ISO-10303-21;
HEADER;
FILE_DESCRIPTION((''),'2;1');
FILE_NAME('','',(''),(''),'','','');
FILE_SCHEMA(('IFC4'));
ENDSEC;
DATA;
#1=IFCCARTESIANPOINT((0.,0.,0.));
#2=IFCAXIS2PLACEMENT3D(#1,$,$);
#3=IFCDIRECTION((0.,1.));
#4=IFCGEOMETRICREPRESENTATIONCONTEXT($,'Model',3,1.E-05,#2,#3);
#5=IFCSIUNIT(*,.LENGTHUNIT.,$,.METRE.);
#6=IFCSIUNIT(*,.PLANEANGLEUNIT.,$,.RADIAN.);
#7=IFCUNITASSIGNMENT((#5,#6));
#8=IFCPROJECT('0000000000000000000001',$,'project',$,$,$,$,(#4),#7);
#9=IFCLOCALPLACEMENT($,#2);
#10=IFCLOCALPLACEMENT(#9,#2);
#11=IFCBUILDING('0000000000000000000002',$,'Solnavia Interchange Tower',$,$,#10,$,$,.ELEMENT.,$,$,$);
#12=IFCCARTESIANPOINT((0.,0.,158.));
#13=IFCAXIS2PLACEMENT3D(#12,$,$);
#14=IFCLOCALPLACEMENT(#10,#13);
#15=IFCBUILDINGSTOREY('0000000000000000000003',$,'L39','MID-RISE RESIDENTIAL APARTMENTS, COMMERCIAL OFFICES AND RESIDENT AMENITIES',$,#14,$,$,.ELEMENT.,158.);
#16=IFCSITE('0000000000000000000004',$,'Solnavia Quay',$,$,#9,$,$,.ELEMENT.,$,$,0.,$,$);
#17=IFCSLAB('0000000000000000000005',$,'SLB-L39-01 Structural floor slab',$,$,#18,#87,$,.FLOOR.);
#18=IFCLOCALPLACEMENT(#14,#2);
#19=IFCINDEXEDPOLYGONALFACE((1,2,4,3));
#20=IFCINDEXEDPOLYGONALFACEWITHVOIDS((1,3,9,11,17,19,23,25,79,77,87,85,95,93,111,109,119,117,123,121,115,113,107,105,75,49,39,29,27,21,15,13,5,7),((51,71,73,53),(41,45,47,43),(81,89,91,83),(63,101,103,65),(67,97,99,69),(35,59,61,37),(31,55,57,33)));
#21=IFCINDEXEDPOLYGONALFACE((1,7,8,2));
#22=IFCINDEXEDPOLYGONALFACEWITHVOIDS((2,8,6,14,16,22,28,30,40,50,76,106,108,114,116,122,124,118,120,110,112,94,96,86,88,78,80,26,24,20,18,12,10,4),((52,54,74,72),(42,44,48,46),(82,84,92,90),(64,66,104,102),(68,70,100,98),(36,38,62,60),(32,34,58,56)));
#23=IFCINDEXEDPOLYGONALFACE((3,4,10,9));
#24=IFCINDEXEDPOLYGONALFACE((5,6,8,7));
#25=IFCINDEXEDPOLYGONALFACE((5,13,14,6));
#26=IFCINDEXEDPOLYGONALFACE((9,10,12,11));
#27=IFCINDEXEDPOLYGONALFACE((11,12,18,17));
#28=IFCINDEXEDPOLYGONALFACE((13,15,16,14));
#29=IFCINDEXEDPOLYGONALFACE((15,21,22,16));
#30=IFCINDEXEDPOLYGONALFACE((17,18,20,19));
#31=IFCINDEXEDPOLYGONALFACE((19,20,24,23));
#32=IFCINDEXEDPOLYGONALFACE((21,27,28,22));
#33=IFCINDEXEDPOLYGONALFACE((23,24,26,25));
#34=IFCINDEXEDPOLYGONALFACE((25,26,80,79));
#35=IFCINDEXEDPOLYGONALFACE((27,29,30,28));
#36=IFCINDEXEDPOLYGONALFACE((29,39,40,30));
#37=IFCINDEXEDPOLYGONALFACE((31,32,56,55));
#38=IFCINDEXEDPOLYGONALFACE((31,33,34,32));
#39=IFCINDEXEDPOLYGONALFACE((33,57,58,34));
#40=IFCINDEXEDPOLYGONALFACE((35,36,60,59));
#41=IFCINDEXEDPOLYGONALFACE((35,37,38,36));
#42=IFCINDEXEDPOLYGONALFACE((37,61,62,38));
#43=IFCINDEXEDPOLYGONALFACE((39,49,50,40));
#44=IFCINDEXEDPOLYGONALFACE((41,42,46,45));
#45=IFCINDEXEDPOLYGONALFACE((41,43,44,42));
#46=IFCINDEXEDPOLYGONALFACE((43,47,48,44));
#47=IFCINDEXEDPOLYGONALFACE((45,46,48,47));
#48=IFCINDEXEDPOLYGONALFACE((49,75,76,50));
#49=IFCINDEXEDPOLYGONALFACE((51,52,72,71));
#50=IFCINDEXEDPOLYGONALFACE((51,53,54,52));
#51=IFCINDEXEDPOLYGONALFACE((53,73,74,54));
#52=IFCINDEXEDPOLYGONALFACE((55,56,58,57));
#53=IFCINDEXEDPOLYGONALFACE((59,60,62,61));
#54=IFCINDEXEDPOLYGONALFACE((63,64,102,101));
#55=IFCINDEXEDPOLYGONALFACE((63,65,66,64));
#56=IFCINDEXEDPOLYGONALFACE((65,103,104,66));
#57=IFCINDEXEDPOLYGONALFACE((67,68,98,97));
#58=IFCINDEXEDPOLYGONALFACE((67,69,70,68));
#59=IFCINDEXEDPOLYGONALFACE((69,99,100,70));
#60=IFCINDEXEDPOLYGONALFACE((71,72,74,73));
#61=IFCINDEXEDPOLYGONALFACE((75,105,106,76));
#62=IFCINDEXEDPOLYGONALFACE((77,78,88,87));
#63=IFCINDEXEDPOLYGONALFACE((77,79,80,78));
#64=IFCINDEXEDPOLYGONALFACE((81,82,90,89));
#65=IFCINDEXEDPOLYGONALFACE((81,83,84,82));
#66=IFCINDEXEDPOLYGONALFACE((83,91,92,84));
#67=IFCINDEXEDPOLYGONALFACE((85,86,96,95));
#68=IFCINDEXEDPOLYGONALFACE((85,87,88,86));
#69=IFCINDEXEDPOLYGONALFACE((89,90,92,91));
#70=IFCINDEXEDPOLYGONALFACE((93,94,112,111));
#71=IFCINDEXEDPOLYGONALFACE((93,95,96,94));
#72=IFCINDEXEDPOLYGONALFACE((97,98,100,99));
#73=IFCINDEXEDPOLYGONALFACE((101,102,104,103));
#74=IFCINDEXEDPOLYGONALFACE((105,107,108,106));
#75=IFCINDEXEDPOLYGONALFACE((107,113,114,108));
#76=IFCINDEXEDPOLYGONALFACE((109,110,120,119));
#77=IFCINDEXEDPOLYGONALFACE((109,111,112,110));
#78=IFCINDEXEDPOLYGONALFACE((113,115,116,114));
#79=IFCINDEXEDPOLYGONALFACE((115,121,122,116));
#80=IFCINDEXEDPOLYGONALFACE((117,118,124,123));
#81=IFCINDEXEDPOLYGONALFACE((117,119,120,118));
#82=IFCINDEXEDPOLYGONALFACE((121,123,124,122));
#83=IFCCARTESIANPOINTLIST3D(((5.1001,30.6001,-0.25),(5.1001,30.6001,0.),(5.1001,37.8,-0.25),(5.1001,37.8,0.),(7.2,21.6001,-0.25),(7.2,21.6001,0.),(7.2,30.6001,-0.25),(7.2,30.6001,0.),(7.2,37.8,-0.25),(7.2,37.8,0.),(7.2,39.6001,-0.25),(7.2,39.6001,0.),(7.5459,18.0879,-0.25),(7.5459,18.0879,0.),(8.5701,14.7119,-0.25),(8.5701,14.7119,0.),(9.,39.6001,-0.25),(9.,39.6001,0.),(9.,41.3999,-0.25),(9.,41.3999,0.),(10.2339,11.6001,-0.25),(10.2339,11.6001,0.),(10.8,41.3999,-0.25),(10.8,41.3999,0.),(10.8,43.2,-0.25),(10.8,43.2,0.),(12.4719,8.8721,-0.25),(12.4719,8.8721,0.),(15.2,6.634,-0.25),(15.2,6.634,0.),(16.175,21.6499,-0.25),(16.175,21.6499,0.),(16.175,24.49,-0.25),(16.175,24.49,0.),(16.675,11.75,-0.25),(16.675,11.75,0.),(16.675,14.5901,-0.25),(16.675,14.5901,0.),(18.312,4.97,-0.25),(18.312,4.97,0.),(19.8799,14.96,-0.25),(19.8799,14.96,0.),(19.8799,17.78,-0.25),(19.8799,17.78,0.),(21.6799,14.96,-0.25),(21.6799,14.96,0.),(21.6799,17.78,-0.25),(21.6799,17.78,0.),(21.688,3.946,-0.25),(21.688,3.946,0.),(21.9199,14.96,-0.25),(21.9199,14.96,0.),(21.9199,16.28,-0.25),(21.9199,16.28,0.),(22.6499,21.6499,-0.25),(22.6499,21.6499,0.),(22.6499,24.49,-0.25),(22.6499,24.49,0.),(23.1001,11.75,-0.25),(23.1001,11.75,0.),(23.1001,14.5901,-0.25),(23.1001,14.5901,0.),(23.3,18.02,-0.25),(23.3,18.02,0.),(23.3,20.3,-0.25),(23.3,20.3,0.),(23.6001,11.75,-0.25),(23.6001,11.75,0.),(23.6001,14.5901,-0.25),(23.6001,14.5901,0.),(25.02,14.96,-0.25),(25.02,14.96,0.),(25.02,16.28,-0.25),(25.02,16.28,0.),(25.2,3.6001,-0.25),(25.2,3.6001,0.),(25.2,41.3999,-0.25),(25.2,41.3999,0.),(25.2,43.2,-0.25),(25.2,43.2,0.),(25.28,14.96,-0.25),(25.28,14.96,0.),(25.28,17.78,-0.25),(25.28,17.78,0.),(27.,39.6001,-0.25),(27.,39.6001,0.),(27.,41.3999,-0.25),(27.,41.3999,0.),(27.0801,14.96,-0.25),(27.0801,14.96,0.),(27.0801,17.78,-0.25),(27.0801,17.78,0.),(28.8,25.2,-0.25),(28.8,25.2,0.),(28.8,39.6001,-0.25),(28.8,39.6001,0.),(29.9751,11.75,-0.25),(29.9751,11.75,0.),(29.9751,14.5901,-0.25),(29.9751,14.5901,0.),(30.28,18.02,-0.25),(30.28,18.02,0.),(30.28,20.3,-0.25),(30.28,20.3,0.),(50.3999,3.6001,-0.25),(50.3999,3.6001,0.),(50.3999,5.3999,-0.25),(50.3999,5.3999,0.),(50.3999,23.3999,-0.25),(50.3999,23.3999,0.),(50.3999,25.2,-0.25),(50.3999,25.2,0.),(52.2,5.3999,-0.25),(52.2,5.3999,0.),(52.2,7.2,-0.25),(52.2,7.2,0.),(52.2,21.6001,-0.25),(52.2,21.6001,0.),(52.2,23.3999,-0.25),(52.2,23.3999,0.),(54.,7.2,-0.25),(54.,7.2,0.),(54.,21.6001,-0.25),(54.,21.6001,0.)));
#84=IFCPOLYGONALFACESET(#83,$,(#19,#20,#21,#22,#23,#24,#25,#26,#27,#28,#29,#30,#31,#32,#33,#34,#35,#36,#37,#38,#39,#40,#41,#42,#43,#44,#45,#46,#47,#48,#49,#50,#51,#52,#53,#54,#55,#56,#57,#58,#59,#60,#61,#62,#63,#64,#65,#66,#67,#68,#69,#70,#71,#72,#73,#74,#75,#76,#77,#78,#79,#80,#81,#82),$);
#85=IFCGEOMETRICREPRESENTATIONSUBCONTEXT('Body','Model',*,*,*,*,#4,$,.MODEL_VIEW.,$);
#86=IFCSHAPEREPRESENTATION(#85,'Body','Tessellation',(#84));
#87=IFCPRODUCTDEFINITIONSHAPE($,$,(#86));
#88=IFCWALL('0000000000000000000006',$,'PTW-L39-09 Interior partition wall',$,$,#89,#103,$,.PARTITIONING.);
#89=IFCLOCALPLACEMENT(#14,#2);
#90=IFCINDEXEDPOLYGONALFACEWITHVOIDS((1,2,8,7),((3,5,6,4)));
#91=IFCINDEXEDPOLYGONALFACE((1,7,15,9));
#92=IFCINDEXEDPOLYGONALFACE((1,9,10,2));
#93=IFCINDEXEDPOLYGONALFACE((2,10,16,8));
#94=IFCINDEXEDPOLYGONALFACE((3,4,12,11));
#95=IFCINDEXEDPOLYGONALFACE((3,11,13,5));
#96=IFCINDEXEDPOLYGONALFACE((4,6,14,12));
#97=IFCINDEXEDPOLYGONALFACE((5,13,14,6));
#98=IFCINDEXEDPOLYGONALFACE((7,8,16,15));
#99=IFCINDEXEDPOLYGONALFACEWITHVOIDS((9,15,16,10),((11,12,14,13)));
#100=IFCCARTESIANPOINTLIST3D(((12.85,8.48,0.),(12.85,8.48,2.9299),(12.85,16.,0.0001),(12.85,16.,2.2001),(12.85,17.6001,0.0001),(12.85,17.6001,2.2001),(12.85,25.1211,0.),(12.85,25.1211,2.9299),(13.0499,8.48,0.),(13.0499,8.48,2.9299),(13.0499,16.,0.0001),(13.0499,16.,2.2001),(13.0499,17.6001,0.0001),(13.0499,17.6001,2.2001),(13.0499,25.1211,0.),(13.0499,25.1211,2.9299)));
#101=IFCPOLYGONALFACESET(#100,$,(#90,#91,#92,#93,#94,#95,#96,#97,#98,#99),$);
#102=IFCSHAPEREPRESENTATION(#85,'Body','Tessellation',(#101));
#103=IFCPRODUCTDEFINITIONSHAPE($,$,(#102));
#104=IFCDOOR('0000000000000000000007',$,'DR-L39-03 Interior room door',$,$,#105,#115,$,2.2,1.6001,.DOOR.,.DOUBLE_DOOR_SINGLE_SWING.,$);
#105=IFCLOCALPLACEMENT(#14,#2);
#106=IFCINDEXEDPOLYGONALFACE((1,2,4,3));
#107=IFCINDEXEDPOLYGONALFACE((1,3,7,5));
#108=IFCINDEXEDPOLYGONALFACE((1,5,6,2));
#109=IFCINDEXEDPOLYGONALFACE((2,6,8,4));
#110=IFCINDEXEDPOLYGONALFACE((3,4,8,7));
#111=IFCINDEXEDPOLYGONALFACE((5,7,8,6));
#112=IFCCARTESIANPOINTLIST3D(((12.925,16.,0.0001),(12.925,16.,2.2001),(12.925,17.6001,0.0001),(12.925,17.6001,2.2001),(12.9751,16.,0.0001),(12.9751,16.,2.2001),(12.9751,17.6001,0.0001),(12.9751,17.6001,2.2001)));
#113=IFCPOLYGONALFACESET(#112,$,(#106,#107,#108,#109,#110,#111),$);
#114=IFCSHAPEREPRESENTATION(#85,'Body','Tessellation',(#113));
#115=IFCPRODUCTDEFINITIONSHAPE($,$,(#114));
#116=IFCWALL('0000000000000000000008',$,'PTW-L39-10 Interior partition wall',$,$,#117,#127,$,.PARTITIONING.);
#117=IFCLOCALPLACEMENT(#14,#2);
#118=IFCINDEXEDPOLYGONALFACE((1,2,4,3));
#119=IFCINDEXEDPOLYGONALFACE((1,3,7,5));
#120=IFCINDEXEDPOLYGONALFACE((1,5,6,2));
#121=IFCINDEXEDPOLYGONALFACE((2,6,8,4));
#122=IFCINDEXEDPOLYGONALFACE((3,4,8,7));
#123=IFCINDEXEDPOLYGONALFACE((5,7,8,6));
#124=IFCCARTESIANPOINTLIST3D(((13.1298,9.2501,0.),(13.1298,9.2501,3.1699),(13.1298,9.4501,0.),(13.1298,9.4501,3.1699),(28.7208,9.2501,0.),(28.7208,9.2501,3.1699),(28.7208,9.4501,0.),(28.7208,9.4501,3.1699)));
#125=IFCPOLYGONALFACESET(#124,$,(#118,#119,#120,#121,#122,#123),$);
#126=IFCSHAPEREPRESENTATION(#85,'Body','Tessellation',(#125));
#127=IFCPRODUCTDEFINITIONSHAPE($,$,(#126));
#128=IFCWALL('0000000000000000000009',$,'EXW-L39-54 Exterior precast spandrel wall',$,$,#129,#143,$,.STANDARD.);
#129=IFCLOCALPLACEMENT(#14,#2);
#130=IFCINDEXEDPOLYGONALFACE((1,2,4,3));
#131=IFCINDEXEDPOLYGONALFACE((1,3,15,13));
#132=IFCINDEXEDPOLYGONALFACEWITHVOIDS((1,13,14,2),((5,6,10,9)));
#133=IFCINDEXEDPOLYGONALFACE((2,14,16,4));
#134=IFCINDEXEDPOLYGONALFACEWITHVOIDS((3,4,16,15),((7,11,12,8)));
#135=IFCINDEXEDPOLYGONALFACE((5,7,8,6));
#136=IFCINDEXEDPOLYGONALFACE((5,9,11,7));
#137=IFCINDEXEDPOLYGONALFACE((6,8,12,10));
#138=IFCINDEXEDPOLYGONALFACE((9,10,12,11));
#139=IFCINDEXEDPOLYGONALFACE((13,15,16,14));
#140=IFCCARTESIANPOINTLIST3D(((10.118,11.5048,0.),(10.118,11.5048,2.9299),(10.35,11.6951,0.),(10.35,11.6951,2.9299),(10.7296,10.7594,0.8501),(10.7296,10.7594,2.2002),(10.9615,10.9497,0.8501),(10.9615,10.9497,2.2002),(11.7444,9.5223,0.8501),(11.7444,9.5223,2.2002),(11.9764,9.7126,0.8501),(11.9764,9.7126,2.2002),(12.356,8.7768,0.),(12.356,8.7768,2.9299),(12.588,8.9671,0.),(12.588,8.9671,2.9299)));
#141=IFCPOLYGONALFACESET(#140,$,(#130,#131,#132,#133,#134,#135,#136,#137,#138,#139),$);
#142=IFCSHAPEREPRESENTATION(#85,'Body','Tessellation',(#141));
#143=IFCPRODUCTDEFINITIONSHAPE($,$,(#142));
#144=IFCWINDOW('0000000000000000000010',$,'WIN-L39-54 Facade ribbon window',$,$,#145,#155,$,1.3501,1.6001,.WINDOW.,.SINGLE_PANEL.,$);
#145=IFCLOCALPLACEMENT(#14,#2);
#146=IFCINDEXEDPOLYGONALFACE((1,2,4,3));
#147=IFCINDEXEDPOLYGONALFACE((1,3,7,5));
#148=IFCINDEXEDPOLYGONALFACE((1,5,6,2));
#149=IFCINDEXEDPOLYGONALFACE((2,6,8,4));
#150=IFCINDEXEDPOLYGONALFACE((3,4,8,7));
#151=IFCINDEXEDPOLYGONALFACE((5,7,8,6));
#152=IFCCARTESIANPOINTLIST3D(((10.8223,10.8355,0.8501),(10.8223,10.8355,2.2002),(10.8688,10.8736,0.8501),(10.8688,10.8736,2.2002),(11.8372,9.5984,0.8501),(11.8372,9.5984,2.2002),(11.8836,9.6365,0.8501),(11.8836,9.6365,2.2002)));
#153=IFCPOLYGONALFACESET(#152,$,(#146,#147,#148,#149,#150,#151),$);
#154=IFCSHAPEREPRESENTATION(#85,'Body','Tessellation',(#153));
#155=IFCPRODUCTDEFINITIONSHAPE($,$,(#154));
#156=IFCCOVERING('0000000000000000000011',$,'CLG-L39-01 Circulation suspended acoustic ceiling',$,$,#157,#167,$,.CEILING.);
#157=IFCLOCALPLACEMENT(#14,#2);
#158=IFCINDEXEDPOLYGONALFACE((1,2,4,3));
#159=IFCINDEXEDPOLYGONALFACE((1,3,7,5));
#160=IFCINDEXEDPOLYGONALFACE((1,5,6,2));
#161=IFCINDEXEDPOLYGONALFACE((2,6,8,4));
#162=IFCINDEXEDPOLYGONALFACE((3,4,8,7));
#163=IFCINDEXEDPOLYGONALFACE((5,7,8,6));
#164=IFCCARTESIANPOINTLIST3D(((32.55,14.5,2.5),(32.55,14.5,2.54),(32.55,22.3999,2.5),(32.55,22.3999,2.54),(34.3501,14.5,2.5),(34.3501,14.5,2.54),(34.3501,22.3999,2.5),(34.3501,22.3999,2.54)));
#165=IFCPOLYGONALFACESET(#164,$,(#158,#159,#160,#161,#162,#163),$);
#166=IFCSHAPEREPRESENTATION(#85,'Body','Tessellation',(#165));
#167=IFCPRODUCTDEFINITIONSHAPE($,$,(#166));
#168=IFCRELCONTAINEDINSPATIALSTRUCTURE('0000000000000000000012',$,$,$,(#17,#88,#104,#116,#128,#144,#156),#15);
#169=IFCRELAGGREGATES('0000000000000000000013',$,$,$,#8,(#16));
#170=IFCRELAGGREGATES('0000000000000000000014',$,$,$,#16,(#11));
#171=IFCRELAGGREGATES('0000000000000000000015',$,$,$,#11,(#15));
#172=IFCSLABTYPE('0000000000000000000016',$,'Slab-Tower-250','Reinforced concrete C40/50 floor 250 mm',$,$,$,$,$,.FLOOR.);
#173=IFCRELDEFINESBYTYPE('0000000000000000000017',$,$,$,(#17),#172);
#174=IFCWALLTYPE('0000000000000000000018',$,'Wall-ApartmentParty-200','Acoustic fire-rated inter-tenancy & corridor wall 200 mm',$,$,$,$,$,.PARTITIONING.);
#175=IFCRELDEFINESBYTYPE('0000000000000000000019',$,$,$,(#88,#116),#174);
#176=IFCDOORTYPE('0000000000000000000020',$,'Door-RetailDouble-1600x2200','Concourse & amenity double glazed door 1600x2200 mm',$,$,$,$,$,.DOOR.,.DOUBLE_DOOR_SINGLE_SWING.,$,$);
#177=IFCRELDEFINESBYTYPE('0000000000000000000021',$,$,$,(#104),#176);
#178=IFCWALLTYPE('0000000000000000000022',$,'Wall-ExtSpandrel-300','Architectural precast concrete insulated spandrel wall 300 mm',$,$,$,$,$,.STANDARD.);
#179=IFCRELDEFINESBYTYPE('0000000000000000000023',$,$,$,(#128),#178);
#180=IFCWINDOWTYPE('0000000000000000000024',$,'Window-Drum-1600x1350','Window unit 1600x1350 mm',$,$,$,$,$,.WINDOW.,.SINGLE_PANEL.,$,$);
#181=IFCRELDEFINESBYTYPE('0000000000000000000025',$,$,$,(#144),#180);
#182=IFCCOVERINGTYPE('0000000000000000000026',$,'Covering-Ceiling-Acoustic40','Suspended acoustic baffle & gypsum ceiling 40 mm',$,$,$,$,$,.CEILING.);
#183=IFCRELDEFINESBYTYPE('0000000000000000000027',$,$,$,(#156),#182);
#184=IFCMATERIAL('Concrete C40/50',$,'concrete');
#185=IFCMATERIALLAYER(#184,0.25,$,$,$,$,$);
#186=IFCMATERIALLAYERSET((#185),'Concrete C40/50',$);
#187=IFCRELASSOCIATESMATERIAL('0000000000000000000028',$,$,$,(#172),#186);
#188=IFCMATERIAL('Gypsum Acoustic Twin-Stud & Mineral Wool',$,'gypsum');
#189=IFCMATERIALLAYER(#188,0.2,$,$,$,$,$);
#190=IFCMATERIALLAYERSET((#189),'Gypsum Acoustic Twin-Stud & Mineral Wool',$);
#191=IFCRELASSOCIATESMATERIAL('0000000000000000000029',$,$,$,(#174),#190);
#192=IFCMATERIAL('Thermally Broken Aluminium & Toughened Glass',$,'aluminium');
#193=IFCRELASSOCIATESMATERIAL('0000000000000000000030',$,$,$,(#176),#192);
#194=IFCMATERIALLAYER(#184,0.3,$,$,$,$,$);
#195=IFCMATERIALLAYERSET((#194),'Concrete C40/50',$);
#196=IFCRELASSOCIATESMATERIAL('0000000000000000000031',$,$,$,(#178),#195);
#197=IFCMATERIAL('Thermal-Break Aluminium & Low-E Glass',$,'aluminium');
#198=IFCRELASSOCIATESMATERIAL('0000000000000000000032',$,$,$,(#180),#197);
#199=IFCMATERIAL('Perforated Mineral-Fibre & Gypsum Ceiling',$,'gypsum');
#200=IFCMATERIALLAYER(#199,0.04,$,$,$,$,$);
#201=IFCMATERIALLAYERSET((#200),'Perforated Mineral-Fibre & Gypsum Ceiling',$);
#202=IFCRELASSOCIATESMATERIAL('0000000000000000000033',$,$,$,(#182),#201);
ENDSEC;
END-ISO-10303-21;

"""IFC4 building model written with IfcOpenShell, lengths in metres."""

from ifc_helpers import new_model, si_unit, direction, frame, frame_2d, origin, place, context, subcontext, project, spatial, polyline, rectangle, outline, extrude, material, layer, layer_set, type_object, element, fill, save


model = new_model("IFC4")

# Units and contexts
model_context = context("Model", 3, precision=1e-05, world=origin(), true_north=direction((0.0, 1.0)))
body_context = subcontext(model_context, "Body", "Model", "MODEL_VIEW")
ifc_project = project(units=[si_unit("LENGTHUNIT", "METRE"), si_unit("PLANEANGLEUNIT", "RADIAN")], contexts=[model_context])

# Site, building, storey
site_placement = place(None, origin())
site = spatial("IfcSite", under=ifc_project, at=site_placement, Name="Solnavia Quay", CompositionType="ELEMENT", RefElevation=0.0)
building_placement = place(site_placement, origin())
building = spatial("IfcBuilding", under=site, at=building_placement, Name="Solnavia Interchange Tower", CompositionType="ELEMENT")
storey_placement = place(building_placement, frame((0.0, 0.0, 158.0)))
storey = spatial("IfcBuildingStorey", under=building, at=storey_placement, Name="L39", Description="MID-RISE RESIDENTIAL APARTMENTS, COMMERCIAL OFFICES AND RESIDENT AMENITIES", CompositionType="ELEMENT", Elevation=158.0)

# Shared definitions
ifc_material_1 = material(Name="Concrete C40/50", Category="concrete")

# Slab
ifc_layer_1 = layer(ifc_material_1, 0.25)
ifc_layer_set_1 = layer_set([ifc_layer_1], Name="Concrete C40/50")
slab_type_1 = type_object("IfcSlabType", Name="Slab-Tower-250", Description="Reinforced concrete C40/50 floor 250 mm", PredefinedType="FLOOR", material=ifc_layer_set_1)
slab_1_placement = place(storey_placement, frame((0.0, 0.0, -0.25)))
element("IfcSlab", 1, at=slab_1_placement, inside=storey, type_object=slab_type_1, Name="SLB-L39-01 Structural floor slab", PredefinedType="FLOOR", context=body_context, shape_type="SweptSolid", body=[
    extrude(outline(polyline([(25.2, 3.6001), (50.3999, 3.6001), (50.3999, 5.3999), (52.2, 5.3999), (52.2, 7.2), (54.0, 7.2), (54.0, 21.6001), (52.2, 21.6001), (52.2, 23.3999), (50.3999, 23.3999), (50.3999, 25.2), (28.8, 25.2), (28.8, 39.6001), (27.0, 39.6001), (27.0, 41.3999), (25.2, 41.3999), (25.2, 43.2), (10.8, 43.2), (10.8, 41.3999), (9.0, 41.3999), (9.0, 39.6001), (7.2, 39.6001), (7.2, 37.8), (5.1001, 37.8), (5.1001, 30.6001), (7.2, 30.6001), (7.2, 21.6001), (7.5459, 18.0879), (8.5701, 14.7119), (10.2339, 11.6001), (12.4719, 8.8721), (15.2, 6.634), (18.312, 4.97), (21.688, 3.946), (25.2, 3.6001)]), holes=[polyline([(16.675, 11.75), (23.1001, 11.75), (23.1001, 14.5901), (16.675, 14.5901), (16.675, 11.75)]), polyline([(23.6001, 11.75), (29.9751, 11.75), (29.9751, 14.5901), (23.6001, 14.5901), (23.6001, 11.75)]), polyline([(16.175, 21.6499), (22.6499, 21.6499), (22.6499, 24.49), (16.175, 24.49), (16.175, 21.6499)]), polyline([(19.8799, 14.96), (21.6799, 14.96), (21.6799, 17.78), (19.8799, 17.78), (19.8799, 14.96)]), polyline([(25.28, 14.96), (27.0801, 14.96), (27.0801, 17.78), (25.28, 17.78), (25.28, 14.96)]), polyline([(21.9199, 14.96), (25.02, 14.96), (25.02, 16.28), (21.9199, 16.28), (21.9199, 14.96)]), polyline([(23.3, 18.02), (30.28, 18.02), (30.28, 20.3), (23.3, 20.3), (23.3, 18.02)])]), origin(), (0.0, 0.0, 1.0), 0.25),
])

# Wall, opening, door
ifc_material_2 = material(Name="Gypsum Acoustic Twin-Stud & Mineral Wool", Category="gypsum")
ifc_layer_2 = layer(ifc_material_2, 0.2)
ifc_layer_set_2 = layer_set([ifc_layer_2], Name="Gypsum Acoustic Twin-Stud & Mineral Wool")
wall_type_1 = type_object("IfcWallType", Name="Wall-ApartmentParty-200", Description="Acoustic fire-rated inter-tenancy & corridor wall 200 mm", PredefinedType="PARTITIONING", material=ifc_layer_set_2)
wall_1_placement = place(storey_placement, frame((12.95, 8.48, 0.0), z_axis=(0.0, 0.0, 1.0), x_axis=(0.0, 1.0, 0.0)))
wall_1 = element("IfcWall", 2, at=wall_1_placement, inside=storey, type_object=wall_type_1, Name="PTW-L39-09 Interior partition wall", PredefinedType="PARTITIONING", context=body_context, shape_type="SweptSolid", body=[
    extrude(rectangle(XDim=16.6411, YDim=0.2, at=frame_2d((8.3206, 0.0))), origin(), (0.0, 0.0, 1.0), 2.9299),
])
opening_1_placement = place(wall_1_placement, frame((7.52, 0.0, 0.0)))
opening_1 = element("IfcOpeningElement", 3, at=opening_1_placement, cuts=wall_1, PredefinedType="OPENING", context=body_context, shape_type="SweptSolid", body=[
    extrude(rectangle(XDim=1.6001, YDim=2.2, at=frame_2d((0.8, 1.1001))), frame((0.0, 0.1099, 0.0), z_axis=(0.0, -1.0, 0.0), x_axis=(1.0, 0.0, 0.0)), (0.0, 0.0, 1.0), 0.22),
])
ifc_material_3 = material(Name="Thermally Broken Aluminium & Toughened Glass", Category="aluminium")
door_type = type_object("IfcDoorType", Name="Door-RetailDouble-1600x2200", Description="Concourse & amenity double glazed door 1600x2200 mm", OperationType="DOUBLE_DOOR_SINGLE_SWING", PredefinedType="DOOR", material=ifc_material_3)
door_placement = place(opening_1_placement, origin())
door = element("IfcDoor", 4, at=door_placement, inside=storey, type_object=door_type, Name="DR-L39-03 Interior room door", OperationType="DOUBLE_DOOR_SINGLE_SWING", OverallHeight=2.2, OverallWidth=1.6001, PredefinedType="DOOR", context=body_context, shape_type="SweptSolid", body=[
    extrude(rectangle(XDim=1.6001, YDim=2.2, at=frame_2d((0.8, 1.1001))), frame((0.0, 0.0249, 0.0), z_axis=(0.0, -1.0, 0.0), x_axis=(1.0, 0.0, 0.0)), (0.0, 0.0, 1.0), 0.05),
])
fill(opening_1, door)

# Wall
wall_2_placement = place(storey_placement, frame((13.1299, 9.3501, 0.0), z_axis=(0.0, 0.0, 1.0), x_axis=(1.0, 0.0, 0.0)))
element("IfcWall", 5, at=wall_2_placement, inside=storey, type_object=wall_type_1, Name="PTW-L39-10 Interior partition wall", PredefinedType="PARTITIONING", context=body_context, shape_type="SweptSolid", body=[
    extrude(rectangle(XDim=15.5911, YDim=0.2, at=frame_2d((7.7954, 0.0))), origin(), (0.0, 0.0, 1.0), 3.1699),
])

# Wall, opening, window
ifc_layer_3 = layer(ifc_material_1, 0.3)
ifc_layer_set_3 = layer_set([ifc_layer_3], Name="Concrete C40/50")
wall_type_2 = type_object("IfcWallType", Name="Wall-ExtSpandrel-300", Description="Architectural precast concrete insulated spandrel wall 300 mm", PredefinedType="STANDARD", material=ifc_layer_set_3)
wall_3_placement = place(storey_placement, frame((12.4719, 8.8721, 0.0), z_axis=(0.0, 0.0, 1.0), x_axis=(-0.634258, 0.773121, 0.0)))
wall_3 = element("IfcWall", 6, at=wall_3_placement, inside=storey, type_object=wall_type_2, Name="EXW-L39-54 Exterior precast spandrel wall", PredefinedType="STANDARD", context=body_context, shape_type="SweptSolid", body=[
    extrude(rectangle(XDim=3.5286, YDim=0.3, at=frame_2d((1.7642, 0.0))), origin(), (0.0, 0.0, 1.0), 2.9299),
])
opening_2_placement = place(wall_3_placement, frame((0.9641, 0.0, 0.8501)))
opening_2 = element("IfcOpeningElement", 7, at=opening_2_placement, cuts=wall_3, PredefinedType="OPENING", context=body_context, shape_type="SweptSolid", body=[
    extrude(rectangle(XDim=1.6001, YDim=1.3501, at=frame_2d((0.8, 0.675))), frame((0.0, 0.1602, 0.0), z_axis=(0.0, -1.0, 0.0), x_axis=(1.0, 0.0, 0.0)), (0.0, 0.0, 1.0), 0.3201),
])
ifc_material_4 = material(Name="Thermal-Break Aluminium & Low-E Glass", Category="aluminium")
window_type = type_object("IfcWindowType", Name="Window-Drum-1600x1350", Description="Window unit 1600x1350 mm", PartitioningType="SINGLE_PANEL", PredefinedType="WINDOW", material=ifc_material_4)
window_placement = place(opening_2_placement, origin())
window = element("IfcWindow", 8, at=window_placement, inside=storey, type_object=window_type, Name="WIN-L39-54 Facade ribbon window", OverallHeight=1.3501, OverallWidth=1.6001, PartitioningType="SINGLE_PANEL", PredefinedType="WINDOW", context=body_context, shape_type="SweptSolid", body=[
    extrude(rectangle(XDim=1.6001, YDim=1.3501, at=frame_2d((0.8, 0.675))), frame((0.0, 0.03, 0.0), z_axis=(0.0, -1.0, 0.0), x_axis=(1.0, 0.0, 0.0)), (0.0, 0.0, 1.0), 0.0601),
])
fill(opening_2, window)

# Covering
ifc_material_5 = material(Name="Perforated Mineral-Fibre & Gypsum Ceiling", Category="gypsum")
ifc_layer_4 = layer(ifc_material_5, 0.04)
ifc_layer_set_4 = layer_set([ifc_layer_4], Name="Perforated Mineral-Fibre & Gypsum Ceiling")
covering_type_1 = type_object("IfcCoveringType", Name="Covering-Ceiling-Acoustic40", Description="Suspended acoustic baffle & gypsum ceiling 40 mm", PredefinedType="CEILING", material=ifc_layer_set_4)
covering_1_placement = place(storey_placement, frame((0.0, 0.0, 2.5)))
element("IfcCovering", 9, at=covering_1_placement, inside=storey, type_object=covering_type_1, Name="CLG-L39-01 Circulation suspended acoustic ceiling", PredefinedType="CEILING", context=body_context, shape_type="SweptSolid", body=[
    extrude(outline(polyline([(32.55, 14.5), (34.3501, 14.5), (34.3501, 22.3999), (32.55, 22.3999), (32.55, 14.5)])), origin(), (0.0, 0.0, 1.0), 0.04),
])

save(model, "model.ifc")
